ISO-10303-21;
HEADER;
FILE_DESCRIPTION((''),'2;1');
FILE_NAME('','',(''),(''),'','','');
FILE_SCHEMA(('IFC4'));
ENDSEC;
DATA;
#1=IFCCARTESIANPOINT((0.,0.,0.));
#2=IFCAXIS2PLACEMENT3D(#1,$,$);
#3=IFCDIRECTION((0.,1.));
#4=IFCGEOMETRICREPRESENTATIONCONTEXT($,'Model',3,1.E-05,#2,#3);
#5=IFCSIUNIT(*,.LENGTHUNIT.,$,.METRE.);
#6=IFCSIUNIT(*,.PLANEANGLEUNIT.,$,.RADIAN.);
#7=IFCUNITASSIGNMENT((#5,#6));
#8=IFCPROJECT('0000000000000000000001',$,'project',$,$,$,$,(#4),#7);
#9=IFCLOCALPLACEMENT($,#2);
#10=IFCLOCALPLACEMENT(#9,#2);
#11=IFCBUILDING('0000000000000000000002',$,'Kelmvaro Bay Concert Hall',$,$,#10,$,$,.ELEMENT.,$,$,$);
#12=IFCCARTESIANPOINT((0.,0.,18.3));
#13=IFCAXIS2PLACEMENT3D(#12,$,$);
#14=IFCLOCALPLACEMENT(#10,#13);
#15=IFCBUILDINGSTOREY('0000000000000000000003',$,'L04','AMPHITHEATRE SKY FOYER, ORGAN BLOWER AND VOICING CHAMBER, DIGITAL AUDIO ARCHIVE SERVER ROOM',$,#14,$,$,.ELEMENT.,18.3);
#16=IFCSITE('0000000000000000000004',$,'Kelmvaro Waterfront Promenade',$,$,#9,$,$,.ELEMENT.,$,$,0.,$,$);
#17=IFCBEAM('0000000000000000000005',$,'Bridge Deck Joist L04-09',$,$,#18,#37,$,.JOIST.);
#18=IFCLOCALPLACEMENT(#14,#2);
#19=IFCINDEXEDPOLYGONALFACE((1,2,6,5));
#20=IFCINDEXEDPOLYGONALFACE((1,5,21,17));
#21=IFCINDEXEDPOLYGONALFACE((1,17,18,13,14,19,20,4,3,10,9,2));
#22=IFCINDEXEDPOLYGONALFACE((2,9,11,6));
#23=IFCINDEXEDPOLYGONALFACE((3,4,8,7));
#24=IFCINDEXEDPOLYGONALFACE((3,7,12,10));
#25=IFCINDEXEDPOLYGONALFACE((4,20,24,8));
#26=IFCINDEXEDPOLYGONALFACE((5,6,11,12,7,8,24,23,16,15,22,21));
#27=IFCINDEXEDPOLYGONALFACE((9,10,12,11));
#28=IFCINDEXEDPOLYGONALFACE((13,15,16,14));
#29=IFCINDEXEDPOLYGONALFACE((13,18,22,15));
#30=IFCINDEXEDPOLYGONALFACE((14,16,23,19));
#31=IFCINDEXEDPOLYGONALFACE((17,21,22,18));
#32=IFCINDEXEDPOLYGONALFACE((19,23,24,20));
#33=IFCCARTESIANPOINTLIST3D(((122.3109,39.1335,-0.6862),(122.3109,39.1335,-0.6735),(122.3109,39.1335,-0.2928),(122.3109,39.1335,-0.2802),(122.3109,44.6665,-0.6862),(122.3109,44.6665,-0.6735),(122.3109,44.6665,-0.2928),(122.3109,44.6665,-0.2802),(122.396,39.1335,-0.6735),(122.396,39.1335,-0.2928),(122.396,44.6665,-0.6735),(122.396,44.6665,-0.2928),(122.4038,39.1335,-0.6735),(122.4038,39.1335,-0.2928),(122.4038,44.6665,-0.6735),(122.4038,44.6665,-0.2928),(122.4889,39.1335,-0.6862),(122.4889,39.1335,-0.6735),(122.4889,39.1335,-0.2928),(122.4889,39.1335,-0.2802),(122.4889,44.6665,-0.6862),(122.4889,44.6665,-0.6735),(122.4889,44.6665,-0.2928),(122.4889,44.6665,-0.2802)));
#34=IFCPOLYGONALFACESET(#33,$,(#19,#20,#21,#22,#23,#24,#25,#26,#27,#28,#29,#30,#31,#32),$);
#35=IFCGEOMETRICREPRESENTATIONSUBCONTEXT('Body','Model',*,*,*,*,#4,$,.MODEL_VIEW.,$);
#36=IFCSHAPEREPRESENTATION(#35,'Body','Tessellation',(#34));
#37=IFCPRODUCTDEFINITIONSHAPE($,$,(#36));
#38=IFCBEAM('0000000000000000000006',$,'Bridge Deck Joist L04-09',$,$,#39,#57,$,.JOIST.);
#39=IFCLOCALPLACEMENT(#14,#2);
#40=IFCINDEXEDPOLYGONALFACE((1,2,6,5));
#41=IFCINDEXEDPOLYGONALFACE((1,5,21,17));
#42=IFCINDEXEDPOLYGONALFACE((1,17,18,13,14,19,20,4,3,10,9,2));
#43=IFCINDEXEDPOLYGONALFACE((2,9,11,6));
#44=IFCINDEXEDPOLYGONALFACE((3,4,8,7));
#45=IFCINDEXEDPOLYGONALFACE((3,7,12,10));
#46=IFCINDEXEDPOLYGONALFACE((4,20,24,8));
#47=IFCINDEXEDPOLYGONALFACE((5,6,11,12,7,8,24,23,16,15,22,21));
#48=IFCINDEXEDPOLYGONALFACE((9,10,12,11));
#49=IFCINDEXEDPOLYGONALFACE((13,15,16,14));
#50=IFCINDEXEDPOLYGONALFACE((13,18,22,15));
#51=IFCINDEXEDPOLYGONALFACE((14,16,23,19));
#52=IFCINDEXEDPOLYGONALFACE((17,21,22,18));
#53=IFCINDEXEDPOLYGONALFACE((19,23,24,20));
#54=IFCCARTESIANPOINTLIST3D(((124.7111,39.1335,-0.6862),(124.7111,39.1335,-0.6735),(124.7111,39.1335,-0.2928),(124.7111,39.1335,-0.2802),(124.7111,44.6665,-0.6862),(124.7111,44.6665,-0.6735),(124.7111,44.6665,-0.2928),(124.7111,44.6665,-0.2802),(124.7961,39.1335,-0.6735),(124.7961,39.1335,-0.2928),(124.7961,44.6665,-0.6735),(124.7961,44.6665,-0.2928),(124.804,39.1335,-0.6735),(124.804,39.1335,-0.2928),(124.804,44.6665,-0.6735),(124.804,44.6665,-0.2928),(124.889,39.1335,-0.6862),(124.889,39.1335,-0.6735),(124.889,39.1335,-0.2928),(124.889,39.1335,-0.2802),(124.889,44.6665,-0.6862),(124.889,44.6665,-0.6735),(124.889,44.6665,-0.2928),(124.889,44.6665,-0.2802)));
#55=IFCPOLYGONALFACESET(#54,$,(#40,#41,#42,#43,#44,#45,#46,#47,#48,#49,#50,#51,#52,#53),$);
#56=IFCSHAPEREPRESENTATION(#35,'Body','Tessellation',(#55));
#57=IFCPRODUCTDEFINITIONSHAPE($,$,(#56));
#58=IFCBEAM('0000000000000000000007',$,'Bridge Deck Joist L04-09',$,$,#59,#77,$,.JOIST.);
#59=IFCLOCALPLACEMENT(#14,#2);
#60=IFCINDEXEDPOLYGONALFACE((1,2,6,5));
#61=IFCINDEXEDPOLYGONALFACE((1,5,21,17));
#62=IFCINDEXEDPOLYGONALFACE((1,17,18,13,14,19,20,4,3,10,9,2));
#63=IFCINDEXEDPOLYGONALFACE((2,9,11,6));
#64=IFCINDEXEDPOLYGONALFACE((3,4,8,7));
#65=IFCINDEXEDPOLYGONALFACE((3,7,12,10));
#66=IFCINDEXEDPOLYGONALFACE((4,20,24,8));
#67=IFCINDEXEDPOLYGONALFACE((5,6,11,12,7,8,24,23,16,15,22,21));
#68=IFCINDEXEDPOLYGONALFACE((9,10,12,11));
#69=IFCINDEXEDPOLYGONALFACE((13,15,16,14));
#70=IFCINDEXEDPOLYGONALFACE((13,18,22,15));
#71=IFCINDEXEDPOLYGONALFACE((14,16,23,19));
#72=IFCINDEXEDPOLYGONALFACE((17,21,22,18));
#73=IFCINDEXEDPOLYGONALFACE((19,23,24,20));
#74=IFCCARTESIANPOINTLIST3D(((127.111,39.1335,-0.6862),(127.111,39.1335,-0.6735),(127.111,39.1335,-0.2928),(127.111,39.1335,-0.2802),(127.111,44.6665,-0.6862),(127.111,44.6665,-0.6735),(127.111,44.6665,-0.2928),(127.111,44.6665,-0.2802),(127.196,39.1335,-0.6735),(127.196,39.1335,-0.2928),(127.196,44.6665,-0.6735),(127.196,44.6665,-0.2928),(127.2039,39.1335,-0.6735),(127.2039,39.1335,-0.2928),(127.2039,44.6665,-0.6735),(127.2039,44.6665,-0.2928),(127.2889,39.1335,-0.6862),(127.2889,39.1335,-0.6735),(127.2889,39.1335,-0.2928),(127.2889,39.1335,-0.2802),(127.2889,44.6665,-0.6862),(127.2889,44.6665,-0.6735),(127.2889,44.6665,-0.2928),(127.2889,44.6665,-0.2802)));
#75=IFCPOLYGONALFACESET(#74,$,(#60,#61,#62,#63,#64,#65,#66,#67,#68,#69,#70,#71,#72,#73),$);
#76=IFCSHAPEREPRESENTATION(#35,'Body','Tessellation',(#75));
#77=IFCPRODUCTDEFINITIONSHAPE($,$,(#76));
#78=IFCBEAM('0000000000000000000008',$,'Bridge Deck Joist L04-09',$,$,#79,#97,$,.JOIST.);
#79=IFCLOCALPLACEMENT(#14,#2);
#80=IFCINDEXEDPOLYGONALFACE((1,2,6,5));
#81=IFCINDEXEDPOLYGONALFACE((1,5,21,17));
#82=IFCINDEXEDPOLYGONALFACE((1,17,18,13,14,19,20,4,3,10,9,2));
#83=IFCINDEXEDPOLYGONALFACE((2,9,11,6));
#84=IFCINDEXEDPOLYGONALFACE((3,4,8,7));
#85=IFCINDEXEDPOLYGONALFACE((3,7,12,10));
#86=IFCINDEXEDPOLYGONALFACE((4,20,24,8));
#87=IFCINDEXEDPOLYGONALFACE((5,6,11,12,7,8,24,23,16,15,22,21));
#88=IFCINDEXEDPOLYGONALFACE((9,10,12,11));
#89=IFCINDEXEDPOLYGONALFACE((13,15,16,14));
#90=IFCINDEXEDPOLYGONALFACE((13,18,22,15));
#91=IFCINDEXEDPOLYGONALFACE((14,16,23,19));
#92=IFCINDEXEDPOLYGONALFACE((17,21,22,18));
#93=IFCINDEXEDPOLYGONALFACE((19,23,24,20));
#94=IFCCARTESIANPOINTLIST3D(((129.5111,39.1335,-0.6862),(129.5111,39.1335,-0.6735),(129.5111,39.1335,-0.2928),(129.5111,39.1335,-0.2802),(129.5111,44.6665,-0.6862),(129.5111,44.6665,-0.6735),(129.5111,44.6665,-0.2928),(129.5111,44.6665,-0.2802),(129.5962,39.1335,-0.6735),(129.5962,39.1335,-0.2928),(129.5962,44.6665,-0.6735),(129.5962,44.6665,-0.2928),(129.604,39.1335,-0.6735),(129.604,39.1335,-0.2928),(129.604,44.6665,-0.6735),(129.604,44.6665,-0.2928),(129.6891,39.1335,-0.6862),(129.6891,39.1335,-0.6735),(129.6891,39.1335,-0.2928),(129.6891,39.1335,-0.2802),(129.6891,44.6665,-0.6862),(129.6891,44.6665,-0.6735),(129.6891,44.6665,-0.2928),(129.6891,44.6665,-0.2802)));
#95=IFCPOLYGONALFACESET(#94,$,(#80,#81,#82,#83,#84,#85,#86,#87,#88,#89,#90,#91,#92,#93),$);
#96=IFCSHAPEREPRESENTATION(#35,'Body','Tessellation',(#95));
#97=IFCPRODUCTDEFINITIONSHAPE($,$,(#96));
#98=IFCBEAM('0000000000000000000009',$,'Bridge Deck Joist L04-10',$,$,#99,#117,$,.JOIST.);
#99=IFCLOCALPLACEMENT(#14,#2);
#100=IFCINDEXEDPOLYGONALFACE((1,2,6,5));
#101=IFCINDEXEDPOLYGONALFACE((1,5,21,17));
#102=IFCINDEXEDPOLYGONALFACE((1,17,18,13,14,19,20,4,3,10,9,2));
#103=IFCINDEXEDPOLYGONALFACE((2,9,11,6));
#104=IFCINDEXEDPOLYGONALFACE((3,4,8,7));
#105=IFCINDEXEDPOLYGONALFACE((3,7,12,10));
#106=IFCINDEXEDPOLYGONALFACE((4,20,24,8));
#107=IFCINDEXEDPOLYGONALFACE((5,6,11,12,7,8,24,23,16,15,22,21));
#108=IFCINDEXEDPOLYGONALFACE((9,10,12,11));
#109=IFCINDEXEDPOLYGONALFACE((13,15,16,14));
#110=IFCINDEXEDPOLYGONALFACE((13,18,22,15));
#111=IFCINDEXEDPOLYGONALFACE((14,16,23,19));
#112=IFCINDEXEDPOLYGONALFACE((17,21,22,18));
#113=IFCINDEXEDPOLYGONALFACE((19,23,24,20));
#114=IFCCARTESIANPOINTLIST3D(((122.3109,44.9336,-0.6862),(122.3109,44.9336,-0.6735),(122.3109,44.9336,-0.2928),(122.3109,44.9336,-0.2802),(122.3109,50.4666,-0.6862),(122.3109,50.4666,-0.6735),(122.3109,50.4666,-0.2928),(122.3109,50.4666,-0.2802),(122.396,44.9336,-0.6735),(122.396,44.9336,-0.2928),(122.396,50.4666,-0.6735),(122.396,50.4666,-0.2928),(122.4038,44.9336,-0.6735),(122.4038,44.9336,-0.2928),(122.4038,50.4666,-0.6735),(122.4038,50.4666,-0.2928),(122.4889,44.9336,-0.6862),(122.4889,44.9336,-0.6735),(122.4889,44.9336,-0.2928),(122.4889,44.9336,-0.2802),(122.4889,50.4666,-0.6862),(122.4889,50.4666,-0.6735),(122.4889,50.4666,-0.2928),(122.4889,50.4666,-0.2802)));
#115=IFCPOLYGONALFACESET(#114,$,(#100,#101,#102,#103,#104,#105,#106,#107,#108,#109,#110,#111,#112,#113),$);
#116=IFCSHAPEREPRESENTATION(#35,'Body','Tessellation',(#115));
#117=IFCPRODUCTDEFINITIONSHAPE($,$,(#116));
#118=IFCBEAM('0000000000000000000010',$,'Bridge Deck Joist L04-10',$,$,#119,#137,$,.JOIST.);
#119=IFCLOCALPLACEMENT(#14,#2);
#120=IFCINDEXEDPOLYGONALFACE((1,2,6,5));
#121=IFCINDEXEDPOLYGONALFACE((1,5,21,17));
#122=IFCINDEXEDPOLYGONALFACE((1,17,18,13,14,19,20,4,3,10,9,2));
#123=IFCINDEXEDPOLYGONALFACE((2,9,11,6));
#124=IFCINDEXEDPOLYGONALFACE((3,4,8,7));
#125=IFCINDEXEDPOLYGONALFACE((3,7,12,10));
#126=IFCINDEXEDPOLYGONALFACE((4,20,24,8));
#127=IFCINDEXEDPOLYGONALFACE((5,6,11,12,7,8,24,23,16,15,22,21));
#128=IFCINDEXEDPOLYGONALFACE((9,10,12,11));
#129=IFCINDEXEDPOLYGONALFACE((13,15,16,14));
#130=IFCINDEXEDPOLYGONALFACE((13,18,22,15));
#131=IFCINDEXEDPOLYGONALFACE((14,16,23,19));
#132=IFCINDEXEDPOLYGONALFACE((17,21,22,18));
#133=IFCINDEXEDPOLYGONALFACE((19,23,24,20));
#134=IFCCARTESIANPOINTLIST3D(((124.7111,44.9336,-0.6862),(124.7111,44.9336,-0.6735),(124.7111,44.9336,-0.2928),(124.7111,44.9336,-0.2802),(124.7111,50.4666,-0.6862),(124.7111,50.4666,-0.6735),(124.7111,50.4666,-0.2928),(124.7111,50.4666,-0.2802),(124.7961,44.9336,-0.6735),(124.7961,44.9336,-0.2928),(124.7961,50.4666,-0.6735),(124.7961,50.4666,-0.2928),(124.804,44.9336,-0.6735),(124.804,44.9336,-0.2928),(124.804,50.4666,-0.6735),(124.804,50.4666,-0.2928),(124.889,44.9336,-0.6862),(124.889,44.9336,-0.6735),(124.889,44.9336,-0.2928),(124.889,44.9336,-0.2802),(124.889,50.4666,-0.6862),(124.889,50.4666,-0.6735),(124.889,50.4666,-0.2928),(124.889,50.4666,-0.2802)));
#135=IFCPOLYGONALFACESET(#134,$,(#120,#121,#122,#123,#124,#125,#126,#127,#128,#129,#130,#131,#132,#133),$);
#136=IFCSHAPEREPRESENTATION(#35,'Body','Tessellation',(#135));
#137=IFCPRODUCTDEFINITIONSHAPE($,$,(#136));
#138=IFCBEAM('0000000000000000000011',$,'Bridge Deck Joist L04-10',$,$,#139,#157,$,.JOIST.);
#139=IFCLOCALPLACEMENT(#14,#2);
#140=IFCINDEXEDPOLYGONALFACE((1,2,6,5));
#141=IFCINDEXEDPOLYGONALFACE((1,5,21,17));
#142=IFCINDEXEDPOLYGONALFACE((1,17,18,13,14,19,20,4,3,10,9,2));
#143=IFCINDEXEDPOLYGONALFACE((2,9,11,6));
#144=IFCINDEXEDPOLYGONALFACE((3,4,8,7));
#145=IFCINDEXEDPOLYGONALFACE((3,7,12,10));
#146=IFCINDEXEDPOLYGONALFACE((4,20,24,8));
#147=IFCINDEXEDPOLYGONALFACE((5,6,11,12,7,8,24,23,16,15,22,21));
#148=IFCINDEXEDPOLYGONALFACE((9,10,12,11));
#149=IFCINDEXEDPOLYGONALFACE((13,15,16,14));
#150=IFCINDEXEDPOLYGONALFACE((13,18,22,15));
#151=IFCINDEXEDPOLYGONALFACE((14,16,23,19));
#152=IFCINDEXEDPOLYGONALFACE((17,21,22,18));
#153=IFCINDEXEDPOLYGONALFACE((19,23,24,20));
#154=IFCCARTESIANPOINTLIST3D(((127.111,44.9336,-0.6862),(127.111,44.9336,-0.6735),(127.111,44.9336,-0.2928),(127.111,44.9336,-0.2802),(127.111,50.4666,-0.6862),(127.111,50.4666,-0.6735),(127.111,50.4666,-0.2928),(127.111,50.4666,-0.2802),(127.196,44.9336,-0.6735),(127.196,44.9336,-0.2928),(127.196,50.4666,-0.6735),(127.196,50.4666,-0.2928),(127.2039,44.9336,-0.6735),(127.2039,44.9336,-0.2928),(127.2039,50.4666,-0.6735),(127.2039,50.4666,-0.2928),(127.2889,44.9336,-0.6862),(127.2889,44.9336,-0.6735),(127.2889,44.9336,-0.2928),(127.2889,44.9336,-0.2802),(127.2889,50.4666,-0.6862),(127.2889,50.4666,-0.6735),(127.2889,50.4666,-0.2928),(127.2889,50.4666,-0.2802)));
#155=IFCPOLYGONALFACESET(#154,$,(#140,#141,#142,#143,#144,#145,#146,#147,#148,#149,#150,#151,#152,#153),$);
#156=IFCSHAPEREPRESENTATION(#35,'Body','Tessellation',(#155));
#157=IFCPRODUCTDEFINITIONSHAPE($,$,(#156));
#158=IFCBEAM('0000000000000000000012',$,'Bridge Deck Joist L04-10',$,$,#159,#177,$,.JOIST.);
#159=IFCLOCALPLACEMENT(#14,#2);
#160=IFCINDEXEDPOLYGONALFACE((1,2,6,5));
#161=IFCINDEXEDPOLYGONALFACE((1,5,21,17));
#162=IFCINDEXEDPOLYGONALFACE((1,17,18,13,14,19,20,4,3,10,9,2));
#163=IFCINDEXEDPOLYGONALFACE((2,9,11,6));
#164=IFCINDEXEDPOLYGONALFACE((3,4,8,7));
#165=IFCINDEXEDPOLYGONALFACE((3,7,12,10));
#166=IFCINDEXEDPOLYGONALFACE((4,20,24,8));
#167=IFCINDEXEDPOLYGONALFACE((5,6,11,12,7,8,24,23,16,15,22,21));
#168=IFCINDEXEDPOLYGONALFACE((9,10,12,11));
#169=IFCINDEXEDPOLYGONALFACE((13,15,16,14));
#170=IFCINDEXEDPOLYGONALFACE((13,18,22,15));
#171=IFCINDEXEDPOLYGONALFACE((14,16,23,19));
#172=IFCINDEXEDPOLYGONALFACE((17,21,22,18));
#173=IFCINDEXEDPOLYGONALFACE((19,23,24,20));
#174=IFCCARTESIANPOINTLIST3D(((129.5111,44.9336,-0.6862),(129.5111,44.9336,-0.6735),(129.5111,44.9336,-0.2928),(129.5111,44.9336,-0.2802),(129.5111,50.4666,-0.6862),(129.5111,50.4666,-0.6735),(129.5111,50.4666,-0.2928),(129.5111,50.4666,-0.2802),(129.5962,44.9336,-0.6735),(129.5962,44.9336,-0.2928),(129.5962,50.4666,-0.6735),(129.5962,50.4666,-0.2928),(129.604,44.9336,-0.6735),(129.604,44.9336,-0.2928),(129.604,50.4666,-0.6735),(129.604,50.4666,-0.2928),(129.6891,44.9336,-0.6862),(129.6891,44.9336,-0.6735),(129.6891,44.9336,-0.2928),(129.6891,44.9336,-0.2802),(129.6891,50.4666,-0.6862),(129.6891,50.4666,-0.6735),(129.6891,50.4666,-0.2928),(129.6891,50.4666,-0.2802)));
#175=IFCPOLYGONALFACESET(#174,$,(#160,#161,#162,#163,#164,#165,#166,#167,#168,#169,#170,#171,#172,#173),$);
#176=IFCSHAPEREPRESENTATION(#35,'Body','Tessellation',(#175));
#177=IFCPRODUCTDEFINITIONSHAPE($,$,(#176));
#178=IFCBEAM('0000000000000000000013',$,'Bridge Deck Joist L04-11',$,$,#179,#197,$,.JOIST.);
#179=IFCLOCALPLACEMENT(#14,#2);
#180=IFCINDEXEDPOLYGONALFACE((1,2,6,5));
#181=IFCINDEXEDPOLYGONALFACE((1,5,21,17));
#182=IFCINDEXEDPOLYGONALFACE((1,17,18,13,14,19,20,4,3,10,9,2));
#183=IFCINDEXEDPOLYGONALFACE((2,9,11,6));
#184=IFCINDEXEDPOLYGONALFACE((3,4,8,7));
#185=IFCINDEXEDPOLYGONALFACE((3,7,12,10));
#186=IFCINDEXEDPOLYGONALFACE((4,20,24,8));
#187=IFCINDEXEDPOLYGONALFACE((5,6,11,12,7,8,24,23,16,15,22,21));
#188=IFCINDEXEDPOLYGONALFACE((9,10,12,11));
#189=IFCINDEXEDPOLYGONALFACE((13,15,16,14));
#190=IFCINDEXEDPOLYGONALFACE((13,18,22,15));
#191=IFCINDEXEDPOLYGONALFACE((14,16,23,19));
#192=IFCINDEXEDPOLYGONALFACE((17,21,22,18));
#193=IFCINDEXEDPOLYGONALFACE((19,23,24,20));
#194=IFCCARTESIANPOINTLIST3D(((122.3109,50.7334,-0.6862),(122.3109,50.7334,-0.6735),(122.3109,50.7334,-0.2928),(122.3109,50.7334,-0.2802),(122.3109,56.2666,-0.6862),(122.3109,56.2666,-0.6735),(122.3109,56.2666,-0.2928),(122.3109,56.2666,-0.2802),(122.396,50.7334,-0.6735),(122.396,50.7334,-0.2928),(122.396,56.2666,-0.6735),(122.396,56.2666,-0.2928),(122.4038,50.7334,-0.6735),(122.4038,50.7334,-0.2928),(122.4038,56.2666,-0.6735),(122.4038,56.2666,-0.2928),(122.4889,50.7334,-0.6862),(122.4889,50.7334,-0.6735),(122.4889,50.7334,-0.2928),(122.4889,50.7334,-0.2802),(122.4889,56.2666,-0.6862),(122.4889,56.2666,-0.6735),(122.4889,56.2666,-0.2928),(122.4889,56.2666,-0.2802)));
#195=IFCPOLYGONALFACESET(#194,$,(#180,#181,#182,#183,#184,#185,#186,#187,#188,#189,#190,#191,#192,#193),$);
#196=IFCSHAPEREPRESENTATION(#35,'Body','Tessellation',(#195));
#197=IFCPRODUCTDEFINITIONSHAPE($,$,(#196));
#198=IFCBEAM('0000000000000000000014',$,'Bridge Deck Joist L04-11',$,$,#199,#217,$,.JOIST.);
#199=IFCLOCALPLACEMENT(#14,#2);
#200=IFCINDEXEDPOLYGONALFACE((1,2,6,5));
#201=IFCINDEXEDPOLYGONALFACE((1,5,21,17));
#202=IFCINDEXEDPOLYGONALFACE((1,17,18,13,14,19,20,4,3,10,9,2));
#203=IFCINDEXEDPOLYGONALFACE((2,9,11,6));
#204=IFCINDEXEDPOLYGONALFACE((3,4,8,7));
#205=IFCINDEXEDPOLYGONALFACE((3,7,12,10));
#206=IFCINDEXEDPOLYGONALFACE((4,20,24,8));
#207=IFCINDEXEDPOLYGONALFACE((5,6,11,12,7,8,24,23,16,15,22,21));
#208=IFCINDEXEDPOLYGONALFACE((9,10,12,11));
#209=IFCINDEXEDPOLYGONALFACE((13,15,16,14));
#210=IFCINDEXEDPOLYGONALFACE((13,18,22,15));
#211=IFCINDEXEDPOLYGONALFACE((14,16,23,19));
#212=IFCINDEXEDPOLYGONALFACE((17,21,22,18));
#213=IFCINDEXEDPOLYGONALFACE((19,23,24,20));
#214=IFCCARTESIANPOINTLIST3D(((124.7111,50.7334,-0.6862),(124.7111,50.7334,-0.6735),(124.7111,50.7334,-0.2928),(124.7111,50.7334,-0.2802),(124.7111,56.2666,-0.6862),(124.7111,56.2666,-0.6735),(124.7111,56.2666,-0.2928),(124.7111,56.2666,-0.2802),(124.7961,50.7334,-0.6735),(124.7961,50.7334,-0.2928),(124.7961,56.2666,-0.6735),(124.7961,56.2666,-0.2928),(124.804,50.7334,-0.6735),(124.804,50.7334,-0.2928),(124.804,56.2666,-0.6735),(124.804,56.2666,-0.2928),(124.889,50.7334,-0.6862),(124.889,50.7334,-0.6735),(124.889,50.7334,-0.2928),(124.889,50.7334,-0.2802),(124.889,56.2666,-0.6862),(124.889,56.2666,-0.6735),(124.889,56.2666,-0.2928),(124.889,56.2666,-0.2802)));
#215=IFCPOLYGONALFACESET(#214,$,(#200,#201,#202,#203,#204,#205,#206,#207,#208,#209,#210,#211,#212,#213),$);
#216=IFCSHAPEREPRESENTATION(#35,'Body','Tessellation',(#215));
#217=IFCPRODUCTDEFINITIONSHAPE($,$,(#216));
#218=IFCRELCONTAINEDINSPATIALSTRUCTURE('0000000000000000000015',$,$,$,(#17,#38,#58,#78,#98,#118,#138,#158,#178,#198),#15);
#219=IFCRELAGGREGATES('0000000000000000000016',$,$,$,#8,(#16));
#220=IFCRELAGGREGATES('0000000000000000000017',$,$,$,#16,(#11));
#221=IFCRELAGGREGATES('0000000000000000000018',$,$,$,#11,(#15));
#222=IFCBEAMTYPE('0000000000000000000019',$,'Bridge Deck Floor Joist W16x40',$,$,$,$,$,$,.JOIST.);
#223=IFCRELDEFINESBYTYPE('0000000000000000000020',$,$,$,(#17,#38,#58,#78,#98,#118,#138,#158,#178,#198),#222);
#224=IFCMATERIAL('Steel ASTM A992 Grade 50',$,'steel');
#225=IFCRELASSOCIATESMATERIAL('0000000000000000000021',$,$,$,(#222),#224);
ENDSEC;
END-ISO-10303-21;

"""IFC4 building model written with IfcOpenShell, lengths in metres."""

from ifc_helpers import new_model, si_unit, direction, frame, origin, origin_2d, place, context, subcontext, project, spatial, i_section, extrude, material, material_profile, profile_set, type_object, element, save


model = new_model("IFC4")

# Units and contexts
model_context = context("Model", 3, precision=1e-05, world=origin(), true_north=direction((0.0, 1.0)))
body_context = subcontext(model_context, "Body", "Model", "MODEL_VIEW")
ifc_project = project(units=[si_unit("LENGTHUNIT", "METRE"), si_unit("PLANEANGLEUNIT", "RADIAN")], contexts=[model_context])

# Site, building, storey
site_placement = place(None, origin())
site = spatial("IfcSite", under=ifc_project, at=site_placement, Name="Kelmvaro Waterfront Promenade", CompositionType="ELEMENT", RefElevation=0.0)
building_placement = place(site_placement, origin())
building = spatial("IfcBuilding", under=site, at=building_placement, Name="Kelmvaro Bay Concert Hall", CompositionType="ELEMENT")
storey_placement = place(building_placement, frame((0.0, 0.0, 18.3)))
storey = spatial("IfcBuildingStorey", under=building, at=storey_placement, Name="L04", Description="AMPHITHEATRE SKY FOYER, ORGAN BLOWER AND VOICING CHAMBER, DIGITAL AUDIO ARCHIVE SERVER ROOM", CompositionType="ELEMENT", Elevation=18.3)

# Beams
ifc_material_1 = material(Name="Steel ASTM A992 Grade 50", Category="steel")
ifc_material_profile_1 = material_profile(ifc_material_1, i_section(OverallWidth=0.178, OverallDepth=0.406, WebThickness=0.0078, FlangeThickness=0.0127, at=origin_2d()), Name="W16X40")
ifc_profile_set_1 = profile_set([ifc_material_profile_1], Name="Steel ASTM A992 Grade 50")
beam_type_1 = type_object("IfcBeamType", Name="Bridge Deck Floor Joist W16x40", PredefinedType="JOIST", material=ifc_profile_set_1)
for number, where, z_axis, x_axis, name in (
    (1, (122.3999, 39.1335, -0.4832), (0.0, 1.0, 0.0), (-1.0, 0.0, 0.0), "Bridge Deck Joist L04-09"),
    (2, (124.8, 39.1335, -0.4832), (0.0, 1.0, 0.0), (-1.0, 0.0, 0.0), "Bridge Deck Joist L04-09"),
    (3, (127.2, 39.1335, -0.4832), (0.0, 1.0, 0.0), (-1.0, 0.0, 0.0), "Bridge Deck Joist L04-09"),
    (4, (129.6001, 39.1335, -0.4832), (0.0, 1.0, 0.0), (-1.0, 0.0, 0.0), "Bridge Deck Joist L04-09"),
    (5, (122.3999, 44.9336, -0.4832), (0.0, 1.0, 0.0), (-1.0, 0.0, 0.0), "Bridge Deck Joist L04-10"),
    (6, (124.8, 44.9336, -0.4832), (0.0, 1.0, 0.0), (-1.0, 0.0, 0.0), "Bridge Deck Joist L04-10"),
    (7, (127.2, 44.9336, -0.4832), (0.0, 1.0, 0.0), (-1.0, 0.0, 0.0), "Bridge Deck Joist L04-10"),
    (8, (129.6001, 44.9336, -0.4832), (0.0, 1.0, 0.0), (-1.0, 0.0, 0.0), "Bridge Deck Joist L04-10"),
):
    element("IfcBeam", number, at=place(storey_placement, frame(where, z_axis=z_axis, x_axis=x_axis)), inside=storey, type_object=beam_type_1, Name=name, PredefinedType="JOIST", context=body_context, shape_type="SweptSolid", body=[
        extrude(i_section(OverallWidth=0.178, OverallDepth=0.406, WebThickness=0.0078, FlangeThickness=0.0127, at=origin_2d()), origin(), (0.0, 0.0, 1.0), 5.533),
    ])
for number, where, z_axis, x_axis, name in (
    (9, (122.3999, 50.7334, -0.4832), (0.0, 1.0, 0.0), (-1.0, 0.0, 0.0), "Bridge Deck Joist L04-11"),
    (10, (124.8, 50.7334, -0.4832), (0.0, 1.0, 0.0), (-1.0, 0.0, 0.0), "Bridge Deck Joist L04-11"),
):
    element("IfcBeam", number, at=place(storey_placement, frame(where, z_axis=z_axis, x_axis=x_axis)), inside=storey, type_object=beam_type_1, Name=name, PredefinedType="JOIST", context=body_context, shape_type="SweptSolid", body=[
        extrude(i_section(OverallWidth=0.178, OverallDepth=0.406, WebThickness=0.0078, FlangeThickness=0.0127, at=origin_2d()), origin(), (0.0, 0.0, 1.0), 5.5332),
    ])

save(model, "model.ifc")
